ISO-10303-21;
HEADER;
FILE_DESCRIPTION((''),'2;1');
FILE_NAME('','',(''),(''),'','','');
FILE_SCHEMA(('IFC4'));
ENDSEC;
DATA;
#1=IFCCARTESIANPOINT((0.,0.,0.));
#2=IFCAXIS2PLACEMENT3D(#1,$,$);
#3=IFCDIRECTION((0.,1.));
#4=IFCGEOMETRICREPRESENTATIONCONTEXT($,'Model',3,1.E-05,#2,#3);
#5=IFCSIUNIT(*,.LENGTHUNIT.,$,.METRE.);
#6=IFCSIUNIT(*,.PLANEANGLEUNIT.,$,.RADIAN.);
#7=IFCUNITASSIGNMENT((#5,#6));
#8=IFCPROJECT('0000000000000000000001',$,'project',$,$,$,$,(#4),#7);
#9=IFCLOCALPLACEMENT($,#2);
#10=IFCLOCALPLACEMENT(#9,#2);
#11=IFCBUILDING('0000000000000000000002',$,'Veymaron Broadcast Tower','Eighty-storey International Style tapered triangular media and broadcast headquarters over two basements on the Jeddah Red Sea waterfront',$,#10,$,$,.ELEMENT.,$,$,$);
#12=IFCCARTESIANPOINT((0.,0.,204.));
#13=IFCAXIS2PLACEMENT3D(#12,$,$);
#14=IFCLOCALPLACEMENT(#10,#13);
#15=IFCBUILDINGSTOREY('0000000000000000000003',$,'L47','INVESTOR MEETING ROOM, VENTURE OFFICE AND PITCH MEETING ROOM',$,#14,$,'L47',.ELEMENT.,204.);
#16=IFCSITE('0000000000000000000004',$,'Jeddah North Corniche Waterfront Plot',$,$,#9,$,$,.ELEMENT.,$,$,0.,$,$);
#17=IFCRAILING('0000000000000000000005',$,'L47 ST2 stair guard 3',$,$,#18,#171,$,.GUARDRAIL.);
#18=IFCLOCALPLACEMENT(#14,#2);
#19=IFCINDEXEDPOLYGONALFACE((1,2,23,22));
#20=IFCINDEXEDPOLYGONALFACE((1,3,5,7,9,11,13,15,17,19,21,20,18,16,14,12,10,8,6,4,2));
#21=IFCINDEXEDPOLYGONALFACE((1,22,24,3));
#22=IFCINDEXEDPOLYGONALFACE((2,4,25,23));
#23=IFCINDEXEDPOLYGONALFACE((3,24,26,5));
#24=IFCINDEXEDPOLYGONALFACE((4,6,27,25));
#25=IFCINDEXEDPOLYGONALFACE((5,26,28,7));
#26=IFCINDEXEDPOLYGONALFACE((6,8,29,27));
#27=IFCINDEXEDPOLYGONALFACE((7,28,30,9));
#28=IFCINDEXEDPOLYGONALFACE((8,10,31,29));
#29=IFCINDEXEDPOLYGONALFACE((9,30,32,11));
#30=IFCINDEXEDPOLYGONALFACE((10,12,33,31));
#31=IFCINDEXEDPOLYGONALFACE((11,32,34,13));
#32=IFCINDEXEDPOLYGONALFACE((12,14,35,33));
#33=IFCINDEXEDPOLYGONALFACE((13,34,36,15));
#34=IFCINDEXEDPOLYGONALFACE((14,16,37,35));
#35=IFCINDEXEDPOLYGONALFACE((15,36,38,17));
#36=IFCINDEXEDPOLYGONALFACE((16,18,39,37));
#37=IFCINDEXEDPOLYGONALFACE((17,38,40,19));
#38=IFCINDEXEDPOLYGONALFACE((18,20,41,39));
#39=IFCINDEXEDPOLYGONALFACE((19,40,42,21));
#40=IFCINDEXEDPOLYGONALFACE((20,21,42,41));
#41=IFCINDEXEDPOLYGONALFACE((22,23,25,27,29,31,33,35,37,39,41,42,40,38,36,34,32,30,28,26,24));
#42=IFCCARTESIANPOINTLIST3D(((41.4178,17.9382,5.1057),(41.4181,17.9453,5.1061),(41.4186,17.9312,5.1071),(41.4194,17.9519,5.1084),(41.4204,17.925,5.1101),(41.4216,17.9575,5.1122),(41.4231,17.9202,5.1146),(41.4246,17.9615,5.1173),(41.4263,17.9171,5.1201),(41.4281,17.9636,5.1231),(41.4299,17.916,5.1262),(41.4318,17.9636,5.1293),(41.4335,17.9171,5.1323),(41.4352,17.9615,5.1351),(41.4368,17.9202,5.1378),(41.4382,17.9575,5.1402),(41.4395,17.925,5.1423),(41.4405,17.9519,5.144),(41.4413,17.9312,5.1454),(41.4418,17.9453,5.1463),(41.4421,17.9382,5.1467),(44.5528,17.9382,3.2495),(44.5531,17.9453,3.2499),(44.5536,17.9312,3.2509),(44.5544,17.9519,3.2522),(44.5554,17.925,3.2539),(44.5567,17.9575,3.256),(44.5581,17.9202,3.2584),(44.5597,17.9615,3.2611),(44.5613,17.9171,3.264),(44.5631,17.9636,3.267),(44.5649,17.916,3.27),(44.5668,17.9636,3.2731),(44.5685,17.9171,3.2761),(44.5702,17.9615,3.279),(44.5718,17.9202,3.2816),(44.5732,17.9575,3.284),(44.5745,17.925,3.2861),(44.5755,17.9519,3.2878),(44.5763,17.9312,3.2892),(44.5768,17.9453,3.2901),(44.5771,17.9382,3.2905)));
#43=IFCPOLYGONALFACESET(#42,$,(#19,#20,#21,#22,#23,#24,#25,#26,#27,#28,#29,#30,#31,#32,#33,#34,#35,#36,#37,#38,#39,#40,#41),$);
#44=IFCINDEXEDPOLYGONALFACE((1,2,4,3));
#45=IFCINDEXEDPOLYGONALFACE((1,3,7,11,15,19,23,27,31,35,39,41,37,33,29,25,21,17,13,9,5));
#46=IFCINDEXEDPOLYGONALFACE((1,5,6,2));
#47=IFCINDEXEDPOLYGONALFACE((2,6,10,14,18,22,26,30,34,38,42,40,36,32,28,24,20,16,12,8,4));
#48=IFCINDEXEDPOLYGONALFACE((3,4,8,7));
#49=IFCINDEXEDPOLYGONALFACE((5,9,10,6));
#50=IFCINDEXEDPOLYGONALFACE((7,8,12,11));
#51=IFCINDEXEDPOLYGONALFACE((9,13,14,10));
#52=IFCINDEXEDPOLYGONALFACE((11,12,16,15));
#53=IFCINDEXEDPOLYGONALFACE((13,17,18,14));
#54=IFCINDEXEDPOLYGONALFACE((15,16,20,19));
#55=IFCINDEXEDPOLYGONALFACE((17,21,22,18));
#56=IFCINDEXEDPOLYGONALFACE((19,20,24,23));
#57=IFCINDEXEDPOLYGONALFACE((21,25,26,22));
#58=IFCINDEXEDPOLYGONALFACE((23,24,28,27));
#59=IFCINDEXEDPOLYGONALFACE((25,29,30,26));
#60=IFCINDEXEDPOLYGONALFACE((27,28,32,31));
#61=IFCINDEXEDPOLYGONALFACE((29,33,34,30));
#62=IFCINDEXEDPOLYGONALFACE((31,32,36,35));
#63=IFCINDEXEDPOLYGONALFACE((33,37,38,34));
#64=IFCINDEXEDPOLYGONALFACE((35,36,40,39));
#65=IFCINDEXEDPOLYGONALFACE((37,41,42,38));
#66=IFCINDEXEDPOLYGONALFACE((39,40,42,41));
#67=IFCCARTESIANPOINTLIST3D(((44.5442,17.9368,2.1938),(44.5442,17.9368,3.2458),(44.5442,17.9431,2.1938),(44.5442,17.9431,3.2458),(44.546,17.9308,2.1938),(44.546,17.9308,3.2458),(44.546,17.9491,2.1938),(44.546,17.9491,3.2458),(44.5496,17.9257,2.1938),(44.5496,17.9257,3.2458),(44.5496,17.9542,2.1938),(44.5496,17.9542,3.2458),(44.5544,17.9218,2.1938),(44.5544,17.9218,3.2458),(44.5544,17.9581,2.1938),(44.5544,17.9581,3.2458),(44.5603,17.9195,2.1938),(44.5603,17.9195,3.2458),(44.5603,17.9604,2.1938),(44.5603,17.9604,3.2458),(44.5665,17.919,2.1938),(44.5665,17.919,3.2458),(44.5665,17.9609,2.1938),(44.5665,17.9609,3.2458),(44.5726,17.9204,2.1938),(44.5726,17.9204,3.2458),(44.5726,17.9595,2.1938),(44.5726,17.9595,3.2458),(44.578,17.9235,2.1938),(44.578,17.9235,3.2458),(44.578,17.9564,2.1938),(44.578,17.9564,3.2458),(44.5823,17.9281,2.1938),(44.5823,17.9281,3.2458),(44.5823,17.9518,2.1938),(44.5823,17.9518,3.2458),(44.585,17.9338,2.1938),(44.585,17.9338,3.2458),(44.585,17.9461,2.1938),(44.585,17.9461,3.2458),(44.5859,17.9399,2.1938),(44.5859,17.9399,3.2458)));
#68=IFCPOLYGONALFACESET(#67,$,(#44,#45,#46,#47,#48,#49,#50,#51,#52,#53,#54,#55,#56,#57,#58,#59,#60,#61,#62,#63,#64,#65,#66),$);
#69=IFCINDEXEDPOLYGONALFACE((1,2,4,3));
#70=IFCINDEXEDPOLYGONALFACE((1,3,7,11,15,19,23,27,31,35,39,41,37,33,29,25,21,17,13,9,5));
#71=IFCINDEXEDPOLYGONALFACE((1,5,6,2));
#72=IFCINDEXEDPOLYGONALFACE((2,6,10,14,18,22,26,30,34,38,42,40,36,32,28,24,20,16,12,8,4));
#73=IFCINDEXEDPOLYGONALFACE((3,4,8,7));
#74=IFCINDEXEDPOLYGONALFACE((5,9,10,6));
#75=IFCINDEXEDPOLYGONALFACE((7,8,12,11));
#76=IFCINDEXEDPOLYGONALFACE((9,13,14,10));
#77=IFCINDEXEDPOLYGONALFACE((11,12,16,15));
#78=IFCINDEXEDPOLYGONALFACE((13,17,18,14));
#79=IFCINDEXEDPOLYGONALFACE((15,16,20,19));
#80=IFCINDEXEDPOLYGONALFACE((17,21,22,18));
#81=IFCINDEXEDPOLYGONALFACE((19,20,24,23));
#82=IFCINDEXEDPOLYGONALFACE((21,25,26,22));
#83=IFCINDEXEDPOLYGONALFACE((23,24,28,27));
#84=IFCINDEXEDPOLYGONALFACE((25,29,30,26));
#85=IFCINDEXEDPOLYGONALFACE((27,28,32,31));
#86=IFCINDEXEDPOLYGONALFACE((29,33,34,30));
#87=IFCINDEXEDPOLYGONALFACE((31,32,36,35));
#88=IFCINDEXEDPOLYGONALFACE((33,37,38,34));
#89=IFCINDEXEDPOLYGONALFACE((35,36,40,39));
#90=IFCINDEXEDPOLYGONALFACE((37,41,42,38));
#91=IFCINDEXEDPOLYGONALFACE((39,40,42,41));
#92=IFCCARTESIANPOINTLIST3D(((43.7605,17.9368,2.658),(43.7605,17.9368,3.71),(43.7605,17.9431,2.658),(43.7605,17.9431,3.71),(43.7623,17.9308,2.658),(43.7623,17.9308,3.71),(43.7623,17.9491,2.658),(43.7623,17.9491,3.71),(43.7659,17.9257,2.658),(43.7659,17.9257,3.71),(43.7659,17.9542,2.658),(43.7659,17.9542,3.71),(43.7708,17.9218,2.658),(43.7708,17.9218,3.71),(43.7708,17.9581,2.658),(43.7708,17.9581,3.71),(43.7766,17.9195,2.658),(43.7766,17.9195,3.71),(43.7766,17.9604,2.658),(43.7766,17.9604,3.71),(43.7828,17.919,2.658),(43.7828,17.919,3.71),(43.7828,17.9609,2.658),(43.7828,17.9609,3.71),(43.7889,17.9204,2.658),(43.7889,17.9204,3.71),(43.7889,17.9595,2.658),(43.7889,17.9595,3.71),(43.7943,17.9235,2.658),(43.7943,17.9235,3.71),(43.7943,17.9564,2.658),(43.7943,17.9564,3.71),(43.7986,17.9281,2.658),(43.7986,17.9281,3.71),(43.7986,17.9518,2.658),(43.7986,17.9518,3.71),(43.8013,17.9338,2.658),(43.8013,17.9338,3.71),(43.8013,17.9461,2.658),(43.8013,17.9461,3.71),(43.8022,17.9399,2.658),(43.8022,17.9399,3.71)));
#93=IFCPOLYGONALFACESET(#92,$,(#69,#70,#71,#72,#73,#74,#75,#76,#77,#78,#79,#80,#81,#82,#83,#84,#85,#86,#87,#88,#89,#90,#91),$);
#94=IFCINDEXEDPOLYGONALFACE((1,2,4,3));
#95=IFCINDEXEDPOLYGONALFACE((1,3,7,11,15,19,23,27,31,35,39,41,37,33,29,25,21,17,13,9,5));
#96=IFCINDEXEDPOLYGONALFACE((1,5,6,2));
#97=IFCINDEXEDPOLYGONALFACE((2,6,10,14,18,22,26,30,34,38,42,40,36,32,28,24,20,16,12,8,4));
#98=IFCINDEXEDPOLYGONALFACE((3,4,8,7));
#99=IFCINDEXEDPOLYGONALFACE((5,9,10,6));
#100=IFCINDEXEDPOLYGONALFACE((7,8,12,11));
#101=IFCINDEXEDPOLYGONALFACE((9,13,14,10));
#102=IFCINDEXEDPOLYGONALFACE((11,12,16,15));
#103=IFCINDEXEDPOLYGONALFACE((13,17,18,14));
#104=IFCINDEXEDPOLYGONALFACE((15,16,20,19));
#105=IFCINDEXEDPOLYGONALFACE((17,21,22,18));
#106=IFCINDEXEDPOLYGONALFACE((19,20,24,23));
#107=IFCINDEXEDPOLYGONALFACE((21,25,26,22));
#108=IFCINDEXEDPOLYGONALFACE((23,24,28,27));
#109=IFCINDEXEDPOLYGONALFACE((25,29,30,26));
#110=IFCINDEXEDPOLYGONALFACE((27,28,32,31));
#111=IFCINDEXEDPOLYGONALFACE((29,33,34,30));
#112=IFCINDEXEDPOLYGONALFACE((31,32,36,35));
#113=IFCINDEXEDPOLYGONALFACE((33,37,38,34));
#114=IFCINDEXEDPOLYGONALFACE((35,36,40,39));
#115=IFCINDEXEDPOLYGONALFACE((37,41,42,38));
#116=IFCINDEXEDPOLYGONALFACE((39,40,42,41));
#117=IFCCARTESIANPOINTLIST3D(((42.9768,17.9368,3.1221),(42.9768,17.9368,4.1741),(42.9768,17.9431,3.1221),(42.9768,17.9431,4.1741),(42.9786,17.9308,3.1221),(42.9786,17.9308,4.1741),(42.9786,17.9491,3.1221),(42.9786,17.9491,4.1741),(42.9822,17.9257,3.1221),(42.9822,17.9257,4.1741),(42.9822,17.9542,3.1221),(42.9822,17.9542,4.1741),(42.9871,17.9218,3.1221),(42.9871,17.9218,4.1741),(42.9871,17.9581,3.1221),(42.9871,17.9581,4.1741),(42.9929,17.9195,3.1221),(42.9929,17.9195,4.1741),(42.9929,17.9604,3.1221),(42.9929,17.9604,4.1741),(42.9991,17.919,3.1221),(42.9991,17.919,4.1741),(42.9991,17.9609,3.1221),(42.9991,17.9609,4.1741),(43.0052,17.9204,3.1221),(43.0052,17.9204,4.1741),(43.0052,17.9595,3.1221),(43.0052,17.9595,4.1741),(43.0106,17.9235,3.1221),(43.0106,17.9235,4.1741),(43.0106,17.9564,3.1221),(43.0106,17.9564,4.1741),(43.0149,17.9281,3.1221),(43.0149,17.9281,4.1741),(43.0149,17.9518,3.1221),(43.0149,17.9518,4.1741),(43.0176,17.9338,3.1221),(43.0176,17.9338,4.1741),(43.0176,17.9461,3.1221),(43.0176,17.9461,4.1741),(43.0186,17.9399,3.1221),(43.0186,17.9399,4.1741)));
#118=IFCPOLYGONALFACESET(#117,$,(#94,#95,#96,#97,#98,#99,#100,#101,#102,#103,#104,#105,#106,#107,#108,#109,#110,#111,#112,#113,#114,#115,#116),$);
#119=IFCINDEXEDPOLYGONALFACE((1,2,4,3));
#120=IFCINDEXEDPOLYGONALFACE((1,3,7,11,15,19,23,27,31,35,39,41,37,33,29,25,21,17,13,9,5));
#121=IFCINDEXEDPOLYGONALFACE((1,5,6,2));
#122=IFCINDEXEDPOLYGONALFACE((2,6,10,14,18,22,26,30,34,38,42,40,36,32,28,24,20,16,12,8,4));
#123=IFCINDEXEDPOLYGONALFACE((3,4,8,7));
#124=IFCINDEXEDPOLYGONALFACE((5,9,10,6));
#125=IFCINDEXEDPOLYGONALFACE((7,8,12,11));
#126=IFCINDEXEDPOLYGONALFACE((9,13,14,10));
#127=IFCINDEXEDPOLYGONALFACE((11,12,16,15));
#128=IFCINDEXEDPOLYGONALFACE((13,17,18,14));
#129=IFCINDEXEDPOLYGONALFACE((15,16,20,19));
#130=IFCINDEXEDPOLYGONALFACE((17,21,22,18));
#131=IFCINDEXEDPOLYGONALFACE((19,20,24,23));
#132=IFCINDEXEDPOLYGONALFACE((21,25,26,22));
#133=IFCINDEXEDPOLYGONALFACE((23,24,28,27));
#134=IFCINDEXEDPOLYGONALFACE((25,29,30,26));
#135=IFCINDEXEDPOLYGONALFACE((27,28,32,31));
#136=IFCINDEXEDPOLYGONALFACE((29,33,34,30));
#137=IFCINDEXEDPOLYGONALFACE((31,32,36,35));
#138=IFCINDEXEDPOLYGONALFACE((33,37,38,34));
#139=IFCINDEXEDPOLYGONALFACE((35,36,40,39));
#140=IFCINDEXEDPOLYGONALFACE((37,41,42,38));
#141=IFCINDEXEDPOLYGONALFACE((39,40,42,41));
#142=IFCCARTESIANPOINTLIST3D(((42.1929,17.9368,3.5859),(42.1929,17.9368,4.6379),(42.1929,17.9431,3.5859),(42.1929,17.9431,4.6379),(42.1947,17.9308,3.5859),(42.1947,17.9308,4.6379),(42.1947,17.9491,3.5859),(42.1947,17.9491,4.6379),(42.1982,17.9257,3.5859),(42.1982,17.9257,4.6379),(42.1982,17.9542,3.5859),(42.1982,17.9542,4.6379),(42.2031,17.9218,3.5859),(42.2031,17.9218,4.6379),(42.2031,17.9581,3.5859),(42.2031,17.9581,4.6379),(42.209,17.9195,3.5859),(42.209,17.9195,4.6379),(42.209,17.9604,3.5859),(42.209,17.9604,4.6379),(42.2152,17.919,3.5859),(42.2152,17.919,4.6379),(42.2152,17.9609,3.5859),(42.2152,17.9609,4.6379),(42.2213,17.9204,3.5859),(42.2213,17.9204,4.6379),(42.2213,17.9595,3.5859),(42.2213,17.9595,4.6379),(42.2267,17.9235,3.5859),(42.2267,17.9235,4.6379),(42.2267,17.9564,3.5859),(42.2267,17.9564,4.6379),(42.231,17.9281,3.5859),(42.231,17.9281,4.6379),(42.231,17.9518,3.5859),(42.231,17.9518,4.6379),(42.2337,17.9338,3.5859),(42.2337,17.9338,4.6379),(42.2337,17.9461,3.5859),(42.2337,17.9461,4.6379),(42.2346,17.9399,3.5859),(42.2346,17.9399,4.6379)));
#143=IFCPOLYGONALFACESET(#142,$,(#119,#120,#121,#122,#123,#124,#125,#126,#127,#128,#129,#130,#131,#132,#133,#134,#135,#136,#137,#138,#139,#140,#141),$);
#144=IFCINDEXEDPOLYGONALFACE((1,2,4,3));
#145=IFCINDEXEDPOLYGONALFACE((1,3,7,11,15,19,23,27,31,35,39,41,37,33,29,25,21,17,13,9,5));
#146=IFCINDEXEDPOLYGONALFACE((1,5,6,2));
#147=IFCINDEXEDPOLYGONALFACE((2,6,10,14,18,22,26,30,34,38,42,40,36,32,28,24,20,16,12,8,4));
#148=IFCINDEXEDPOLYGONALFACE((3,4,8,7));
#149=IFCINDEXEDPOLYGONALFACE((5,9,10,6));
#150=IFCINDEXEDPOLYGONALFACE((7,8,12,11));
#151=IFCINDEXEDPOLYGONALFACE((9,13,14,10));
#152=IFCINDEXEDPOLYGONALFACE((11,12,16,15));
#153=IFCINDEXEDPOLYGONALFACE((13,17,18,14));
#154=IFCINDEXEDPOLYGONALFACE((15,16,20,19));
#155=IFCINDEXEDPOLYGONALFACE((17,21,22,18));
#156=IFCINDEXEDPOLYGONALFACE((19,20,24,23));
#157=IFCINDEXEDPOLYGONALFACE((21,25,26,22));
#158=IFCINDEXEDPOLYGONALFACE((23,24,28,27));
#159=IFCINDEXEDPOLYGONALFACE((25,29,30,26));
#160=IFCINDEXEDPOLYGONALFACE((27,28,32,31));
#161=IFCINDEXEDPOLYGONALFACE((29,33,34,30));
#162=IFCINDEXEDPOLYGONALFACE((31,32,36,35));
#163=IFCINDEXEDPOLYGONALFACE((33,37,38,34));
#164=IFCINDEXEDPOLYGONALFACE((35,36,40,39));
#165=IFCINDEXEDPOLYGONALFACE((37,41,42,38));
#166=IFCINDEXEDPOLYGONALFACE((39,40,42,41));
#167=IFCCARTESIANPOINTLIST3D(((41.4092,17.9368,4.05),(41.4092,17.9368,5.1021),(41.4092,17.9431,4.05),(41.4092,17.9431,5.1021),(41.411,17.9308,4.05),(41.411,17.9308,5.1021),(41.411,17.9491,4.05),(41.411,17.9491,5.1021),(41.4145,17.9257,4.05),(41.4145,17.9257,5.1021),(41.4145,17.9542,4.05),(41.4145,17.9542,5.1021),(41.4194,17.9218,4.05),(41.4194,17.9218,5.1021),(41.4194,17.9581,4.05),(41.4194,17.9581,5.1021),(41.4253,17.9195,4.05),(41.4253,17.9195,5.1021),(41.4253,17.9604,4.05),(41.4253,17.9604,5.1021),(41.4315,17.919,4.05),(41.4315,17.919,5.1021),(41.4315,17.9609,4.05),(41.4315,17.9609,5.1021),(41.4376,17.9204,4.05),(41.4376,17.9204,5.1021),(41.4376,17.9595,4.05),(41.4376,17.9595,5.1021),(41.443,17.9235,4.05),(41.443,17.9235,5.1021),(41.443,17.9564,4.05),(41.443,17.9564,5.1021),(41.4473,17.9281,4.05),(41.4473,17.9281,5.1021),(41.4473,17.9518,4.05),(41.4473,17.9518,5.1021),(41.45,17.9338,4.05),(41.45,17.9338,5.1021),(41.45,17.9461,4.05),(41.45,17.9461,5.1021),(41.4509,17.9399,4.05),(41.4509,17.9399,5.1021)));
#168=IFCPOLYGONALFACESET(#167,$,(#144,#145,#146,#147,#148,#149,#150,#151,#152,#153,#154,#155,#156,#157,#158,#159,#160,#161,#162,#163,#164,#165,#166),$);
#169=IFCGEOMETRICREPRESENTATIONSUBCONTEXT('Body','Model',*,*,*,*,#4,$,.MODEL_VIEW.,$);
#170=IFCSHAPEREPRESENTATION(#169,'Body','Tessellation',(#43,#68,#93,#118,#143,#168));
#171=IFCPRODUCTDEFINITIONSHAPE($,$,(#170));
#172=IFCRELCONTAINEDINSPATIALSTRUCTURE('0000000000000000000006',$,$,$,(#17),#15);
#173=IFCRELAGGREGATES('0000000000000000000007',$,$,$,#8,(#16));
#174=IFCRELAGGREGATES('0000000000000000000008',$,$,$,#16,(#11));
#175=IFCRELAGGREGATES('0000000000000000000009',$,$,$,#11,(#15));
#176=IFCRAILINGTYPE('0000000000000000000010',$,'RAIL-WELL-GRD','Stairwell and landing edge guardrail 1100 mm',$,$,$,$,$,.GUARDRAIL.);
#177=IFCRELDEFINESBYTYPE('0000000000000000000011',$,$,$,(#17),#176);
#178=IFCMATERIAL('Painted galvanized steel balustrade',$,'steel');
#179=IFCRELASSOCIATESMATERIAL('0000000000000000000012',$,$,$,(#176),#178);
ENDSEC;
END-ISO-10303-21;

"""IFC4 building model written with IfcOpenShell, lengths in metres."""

from ifc_helpers import new_model, si_unit, direction, frame, origin, origin_2d, place, context, subcontext, project, spatial, circle, extrude, material, type_object, element, save


model = new_model("IFC4")

# Units and contexts
model_context = context("Model", 3, precision=1e-05, world=origin(), true_north=direction((0.0, 1.0)))
body_context = subcontext(model_context, "Body", "Model", "MODEL_VIEW")
ifc_project = project(units=[si_unit("LENGTHUNIT", "METRE"), si_unit("PLANEANGLEUNIT", "RADIAN")], contexts=[model_context])

# Site, building, storey
site_placement = place(None, origin())
site = spatial("IfcSite", under=ifc_project, at=site_placement, Name="Jeddah North Corniche Waterfront Plot", CompositionType="ELEMENT", RefElevation=0.0)
building_placement = place(site_placement, origin())
building = spatial("IfcBuilding", under=site, at=building_placement, Name="Veymaron Broadcast Tower", Description="Eighty-storey International Style tapered triangular media and broadcast headquarters over two basements on the Jeddah Red Sea waterfront", CompositionType="ELEMENT")
storey_placement = place(building_placement, frame((0.0, 0.0, 204.0)))
storey = spatial("IfcBuildingStorey", under=building, at=storey_placement, Name="L47", Description="INVESTOR MEETING ROOM, VENTURE OFFICE AND PITCH MEETING ROOM", LongName="L47", CompositionType="ELEMENT", Elevation=204.0)

# Railing
ifc_material_1 = material(Name="Painted galvanized steel balustrade", Category="steel")
railing_type_1 = type_object("IfcRailingType", Name="RAIL-WELL-GRD", Description="Stairwell and landing edge guardrail 1100 mm", PredefinedType="GUARDRAIL", material=ifc_material_1)
railing_1_placement = place(storey_placement, frame((44.5649, 17.9399, 2.1938)))
element("IfcRailing", 1, at=railing_1_placement, inside=storey, type_object=railing_type_1, Name="L47 ST2 stair guard 3", PredefinedType="GUARDRAIL", context=body_context, shape_type="SweptSolid", body=[
    extrude(circle(Radius=0.0239, at=origin_2d()), frame((0.0, 0.0, 1.0762), z_axis=(-0.860482, 0.0, 0.509481), x_axis=(0.0, -1.0, 0.0)), (0.0, 0.0, 1.0), 3.6433),
    extrude(circle(Radius=0.021, at=origin_2d()), origin(), (0.0, 0.0, 1.0), 1.052),
    extrude(circle(Radius=0.021, at=origin_2d()), frame((-0.7837, 0.0, 0.4641)), (0.0, 0.0, 1.0), 1.052),
    extrude(circle(Radius=0.021, at=origin_2d()), frame((-1.5674, 0.0, 0.9282)), (0.0, 0.0, 1.0), 1.052),
    extrude(circle(Radius=0.021, at=origin_2d()), frame((-2.3513, 0.0, 1.3921)), (0.0, 0.0, 1.0), 1.052),
    extrude(circle(Radius=0.021, at=origin_2d()), frame((-3.135, 0.0, 1.8562)), (0.0, 0.0, 1.0), 1.052),
])

save(model, "model.ifc")
